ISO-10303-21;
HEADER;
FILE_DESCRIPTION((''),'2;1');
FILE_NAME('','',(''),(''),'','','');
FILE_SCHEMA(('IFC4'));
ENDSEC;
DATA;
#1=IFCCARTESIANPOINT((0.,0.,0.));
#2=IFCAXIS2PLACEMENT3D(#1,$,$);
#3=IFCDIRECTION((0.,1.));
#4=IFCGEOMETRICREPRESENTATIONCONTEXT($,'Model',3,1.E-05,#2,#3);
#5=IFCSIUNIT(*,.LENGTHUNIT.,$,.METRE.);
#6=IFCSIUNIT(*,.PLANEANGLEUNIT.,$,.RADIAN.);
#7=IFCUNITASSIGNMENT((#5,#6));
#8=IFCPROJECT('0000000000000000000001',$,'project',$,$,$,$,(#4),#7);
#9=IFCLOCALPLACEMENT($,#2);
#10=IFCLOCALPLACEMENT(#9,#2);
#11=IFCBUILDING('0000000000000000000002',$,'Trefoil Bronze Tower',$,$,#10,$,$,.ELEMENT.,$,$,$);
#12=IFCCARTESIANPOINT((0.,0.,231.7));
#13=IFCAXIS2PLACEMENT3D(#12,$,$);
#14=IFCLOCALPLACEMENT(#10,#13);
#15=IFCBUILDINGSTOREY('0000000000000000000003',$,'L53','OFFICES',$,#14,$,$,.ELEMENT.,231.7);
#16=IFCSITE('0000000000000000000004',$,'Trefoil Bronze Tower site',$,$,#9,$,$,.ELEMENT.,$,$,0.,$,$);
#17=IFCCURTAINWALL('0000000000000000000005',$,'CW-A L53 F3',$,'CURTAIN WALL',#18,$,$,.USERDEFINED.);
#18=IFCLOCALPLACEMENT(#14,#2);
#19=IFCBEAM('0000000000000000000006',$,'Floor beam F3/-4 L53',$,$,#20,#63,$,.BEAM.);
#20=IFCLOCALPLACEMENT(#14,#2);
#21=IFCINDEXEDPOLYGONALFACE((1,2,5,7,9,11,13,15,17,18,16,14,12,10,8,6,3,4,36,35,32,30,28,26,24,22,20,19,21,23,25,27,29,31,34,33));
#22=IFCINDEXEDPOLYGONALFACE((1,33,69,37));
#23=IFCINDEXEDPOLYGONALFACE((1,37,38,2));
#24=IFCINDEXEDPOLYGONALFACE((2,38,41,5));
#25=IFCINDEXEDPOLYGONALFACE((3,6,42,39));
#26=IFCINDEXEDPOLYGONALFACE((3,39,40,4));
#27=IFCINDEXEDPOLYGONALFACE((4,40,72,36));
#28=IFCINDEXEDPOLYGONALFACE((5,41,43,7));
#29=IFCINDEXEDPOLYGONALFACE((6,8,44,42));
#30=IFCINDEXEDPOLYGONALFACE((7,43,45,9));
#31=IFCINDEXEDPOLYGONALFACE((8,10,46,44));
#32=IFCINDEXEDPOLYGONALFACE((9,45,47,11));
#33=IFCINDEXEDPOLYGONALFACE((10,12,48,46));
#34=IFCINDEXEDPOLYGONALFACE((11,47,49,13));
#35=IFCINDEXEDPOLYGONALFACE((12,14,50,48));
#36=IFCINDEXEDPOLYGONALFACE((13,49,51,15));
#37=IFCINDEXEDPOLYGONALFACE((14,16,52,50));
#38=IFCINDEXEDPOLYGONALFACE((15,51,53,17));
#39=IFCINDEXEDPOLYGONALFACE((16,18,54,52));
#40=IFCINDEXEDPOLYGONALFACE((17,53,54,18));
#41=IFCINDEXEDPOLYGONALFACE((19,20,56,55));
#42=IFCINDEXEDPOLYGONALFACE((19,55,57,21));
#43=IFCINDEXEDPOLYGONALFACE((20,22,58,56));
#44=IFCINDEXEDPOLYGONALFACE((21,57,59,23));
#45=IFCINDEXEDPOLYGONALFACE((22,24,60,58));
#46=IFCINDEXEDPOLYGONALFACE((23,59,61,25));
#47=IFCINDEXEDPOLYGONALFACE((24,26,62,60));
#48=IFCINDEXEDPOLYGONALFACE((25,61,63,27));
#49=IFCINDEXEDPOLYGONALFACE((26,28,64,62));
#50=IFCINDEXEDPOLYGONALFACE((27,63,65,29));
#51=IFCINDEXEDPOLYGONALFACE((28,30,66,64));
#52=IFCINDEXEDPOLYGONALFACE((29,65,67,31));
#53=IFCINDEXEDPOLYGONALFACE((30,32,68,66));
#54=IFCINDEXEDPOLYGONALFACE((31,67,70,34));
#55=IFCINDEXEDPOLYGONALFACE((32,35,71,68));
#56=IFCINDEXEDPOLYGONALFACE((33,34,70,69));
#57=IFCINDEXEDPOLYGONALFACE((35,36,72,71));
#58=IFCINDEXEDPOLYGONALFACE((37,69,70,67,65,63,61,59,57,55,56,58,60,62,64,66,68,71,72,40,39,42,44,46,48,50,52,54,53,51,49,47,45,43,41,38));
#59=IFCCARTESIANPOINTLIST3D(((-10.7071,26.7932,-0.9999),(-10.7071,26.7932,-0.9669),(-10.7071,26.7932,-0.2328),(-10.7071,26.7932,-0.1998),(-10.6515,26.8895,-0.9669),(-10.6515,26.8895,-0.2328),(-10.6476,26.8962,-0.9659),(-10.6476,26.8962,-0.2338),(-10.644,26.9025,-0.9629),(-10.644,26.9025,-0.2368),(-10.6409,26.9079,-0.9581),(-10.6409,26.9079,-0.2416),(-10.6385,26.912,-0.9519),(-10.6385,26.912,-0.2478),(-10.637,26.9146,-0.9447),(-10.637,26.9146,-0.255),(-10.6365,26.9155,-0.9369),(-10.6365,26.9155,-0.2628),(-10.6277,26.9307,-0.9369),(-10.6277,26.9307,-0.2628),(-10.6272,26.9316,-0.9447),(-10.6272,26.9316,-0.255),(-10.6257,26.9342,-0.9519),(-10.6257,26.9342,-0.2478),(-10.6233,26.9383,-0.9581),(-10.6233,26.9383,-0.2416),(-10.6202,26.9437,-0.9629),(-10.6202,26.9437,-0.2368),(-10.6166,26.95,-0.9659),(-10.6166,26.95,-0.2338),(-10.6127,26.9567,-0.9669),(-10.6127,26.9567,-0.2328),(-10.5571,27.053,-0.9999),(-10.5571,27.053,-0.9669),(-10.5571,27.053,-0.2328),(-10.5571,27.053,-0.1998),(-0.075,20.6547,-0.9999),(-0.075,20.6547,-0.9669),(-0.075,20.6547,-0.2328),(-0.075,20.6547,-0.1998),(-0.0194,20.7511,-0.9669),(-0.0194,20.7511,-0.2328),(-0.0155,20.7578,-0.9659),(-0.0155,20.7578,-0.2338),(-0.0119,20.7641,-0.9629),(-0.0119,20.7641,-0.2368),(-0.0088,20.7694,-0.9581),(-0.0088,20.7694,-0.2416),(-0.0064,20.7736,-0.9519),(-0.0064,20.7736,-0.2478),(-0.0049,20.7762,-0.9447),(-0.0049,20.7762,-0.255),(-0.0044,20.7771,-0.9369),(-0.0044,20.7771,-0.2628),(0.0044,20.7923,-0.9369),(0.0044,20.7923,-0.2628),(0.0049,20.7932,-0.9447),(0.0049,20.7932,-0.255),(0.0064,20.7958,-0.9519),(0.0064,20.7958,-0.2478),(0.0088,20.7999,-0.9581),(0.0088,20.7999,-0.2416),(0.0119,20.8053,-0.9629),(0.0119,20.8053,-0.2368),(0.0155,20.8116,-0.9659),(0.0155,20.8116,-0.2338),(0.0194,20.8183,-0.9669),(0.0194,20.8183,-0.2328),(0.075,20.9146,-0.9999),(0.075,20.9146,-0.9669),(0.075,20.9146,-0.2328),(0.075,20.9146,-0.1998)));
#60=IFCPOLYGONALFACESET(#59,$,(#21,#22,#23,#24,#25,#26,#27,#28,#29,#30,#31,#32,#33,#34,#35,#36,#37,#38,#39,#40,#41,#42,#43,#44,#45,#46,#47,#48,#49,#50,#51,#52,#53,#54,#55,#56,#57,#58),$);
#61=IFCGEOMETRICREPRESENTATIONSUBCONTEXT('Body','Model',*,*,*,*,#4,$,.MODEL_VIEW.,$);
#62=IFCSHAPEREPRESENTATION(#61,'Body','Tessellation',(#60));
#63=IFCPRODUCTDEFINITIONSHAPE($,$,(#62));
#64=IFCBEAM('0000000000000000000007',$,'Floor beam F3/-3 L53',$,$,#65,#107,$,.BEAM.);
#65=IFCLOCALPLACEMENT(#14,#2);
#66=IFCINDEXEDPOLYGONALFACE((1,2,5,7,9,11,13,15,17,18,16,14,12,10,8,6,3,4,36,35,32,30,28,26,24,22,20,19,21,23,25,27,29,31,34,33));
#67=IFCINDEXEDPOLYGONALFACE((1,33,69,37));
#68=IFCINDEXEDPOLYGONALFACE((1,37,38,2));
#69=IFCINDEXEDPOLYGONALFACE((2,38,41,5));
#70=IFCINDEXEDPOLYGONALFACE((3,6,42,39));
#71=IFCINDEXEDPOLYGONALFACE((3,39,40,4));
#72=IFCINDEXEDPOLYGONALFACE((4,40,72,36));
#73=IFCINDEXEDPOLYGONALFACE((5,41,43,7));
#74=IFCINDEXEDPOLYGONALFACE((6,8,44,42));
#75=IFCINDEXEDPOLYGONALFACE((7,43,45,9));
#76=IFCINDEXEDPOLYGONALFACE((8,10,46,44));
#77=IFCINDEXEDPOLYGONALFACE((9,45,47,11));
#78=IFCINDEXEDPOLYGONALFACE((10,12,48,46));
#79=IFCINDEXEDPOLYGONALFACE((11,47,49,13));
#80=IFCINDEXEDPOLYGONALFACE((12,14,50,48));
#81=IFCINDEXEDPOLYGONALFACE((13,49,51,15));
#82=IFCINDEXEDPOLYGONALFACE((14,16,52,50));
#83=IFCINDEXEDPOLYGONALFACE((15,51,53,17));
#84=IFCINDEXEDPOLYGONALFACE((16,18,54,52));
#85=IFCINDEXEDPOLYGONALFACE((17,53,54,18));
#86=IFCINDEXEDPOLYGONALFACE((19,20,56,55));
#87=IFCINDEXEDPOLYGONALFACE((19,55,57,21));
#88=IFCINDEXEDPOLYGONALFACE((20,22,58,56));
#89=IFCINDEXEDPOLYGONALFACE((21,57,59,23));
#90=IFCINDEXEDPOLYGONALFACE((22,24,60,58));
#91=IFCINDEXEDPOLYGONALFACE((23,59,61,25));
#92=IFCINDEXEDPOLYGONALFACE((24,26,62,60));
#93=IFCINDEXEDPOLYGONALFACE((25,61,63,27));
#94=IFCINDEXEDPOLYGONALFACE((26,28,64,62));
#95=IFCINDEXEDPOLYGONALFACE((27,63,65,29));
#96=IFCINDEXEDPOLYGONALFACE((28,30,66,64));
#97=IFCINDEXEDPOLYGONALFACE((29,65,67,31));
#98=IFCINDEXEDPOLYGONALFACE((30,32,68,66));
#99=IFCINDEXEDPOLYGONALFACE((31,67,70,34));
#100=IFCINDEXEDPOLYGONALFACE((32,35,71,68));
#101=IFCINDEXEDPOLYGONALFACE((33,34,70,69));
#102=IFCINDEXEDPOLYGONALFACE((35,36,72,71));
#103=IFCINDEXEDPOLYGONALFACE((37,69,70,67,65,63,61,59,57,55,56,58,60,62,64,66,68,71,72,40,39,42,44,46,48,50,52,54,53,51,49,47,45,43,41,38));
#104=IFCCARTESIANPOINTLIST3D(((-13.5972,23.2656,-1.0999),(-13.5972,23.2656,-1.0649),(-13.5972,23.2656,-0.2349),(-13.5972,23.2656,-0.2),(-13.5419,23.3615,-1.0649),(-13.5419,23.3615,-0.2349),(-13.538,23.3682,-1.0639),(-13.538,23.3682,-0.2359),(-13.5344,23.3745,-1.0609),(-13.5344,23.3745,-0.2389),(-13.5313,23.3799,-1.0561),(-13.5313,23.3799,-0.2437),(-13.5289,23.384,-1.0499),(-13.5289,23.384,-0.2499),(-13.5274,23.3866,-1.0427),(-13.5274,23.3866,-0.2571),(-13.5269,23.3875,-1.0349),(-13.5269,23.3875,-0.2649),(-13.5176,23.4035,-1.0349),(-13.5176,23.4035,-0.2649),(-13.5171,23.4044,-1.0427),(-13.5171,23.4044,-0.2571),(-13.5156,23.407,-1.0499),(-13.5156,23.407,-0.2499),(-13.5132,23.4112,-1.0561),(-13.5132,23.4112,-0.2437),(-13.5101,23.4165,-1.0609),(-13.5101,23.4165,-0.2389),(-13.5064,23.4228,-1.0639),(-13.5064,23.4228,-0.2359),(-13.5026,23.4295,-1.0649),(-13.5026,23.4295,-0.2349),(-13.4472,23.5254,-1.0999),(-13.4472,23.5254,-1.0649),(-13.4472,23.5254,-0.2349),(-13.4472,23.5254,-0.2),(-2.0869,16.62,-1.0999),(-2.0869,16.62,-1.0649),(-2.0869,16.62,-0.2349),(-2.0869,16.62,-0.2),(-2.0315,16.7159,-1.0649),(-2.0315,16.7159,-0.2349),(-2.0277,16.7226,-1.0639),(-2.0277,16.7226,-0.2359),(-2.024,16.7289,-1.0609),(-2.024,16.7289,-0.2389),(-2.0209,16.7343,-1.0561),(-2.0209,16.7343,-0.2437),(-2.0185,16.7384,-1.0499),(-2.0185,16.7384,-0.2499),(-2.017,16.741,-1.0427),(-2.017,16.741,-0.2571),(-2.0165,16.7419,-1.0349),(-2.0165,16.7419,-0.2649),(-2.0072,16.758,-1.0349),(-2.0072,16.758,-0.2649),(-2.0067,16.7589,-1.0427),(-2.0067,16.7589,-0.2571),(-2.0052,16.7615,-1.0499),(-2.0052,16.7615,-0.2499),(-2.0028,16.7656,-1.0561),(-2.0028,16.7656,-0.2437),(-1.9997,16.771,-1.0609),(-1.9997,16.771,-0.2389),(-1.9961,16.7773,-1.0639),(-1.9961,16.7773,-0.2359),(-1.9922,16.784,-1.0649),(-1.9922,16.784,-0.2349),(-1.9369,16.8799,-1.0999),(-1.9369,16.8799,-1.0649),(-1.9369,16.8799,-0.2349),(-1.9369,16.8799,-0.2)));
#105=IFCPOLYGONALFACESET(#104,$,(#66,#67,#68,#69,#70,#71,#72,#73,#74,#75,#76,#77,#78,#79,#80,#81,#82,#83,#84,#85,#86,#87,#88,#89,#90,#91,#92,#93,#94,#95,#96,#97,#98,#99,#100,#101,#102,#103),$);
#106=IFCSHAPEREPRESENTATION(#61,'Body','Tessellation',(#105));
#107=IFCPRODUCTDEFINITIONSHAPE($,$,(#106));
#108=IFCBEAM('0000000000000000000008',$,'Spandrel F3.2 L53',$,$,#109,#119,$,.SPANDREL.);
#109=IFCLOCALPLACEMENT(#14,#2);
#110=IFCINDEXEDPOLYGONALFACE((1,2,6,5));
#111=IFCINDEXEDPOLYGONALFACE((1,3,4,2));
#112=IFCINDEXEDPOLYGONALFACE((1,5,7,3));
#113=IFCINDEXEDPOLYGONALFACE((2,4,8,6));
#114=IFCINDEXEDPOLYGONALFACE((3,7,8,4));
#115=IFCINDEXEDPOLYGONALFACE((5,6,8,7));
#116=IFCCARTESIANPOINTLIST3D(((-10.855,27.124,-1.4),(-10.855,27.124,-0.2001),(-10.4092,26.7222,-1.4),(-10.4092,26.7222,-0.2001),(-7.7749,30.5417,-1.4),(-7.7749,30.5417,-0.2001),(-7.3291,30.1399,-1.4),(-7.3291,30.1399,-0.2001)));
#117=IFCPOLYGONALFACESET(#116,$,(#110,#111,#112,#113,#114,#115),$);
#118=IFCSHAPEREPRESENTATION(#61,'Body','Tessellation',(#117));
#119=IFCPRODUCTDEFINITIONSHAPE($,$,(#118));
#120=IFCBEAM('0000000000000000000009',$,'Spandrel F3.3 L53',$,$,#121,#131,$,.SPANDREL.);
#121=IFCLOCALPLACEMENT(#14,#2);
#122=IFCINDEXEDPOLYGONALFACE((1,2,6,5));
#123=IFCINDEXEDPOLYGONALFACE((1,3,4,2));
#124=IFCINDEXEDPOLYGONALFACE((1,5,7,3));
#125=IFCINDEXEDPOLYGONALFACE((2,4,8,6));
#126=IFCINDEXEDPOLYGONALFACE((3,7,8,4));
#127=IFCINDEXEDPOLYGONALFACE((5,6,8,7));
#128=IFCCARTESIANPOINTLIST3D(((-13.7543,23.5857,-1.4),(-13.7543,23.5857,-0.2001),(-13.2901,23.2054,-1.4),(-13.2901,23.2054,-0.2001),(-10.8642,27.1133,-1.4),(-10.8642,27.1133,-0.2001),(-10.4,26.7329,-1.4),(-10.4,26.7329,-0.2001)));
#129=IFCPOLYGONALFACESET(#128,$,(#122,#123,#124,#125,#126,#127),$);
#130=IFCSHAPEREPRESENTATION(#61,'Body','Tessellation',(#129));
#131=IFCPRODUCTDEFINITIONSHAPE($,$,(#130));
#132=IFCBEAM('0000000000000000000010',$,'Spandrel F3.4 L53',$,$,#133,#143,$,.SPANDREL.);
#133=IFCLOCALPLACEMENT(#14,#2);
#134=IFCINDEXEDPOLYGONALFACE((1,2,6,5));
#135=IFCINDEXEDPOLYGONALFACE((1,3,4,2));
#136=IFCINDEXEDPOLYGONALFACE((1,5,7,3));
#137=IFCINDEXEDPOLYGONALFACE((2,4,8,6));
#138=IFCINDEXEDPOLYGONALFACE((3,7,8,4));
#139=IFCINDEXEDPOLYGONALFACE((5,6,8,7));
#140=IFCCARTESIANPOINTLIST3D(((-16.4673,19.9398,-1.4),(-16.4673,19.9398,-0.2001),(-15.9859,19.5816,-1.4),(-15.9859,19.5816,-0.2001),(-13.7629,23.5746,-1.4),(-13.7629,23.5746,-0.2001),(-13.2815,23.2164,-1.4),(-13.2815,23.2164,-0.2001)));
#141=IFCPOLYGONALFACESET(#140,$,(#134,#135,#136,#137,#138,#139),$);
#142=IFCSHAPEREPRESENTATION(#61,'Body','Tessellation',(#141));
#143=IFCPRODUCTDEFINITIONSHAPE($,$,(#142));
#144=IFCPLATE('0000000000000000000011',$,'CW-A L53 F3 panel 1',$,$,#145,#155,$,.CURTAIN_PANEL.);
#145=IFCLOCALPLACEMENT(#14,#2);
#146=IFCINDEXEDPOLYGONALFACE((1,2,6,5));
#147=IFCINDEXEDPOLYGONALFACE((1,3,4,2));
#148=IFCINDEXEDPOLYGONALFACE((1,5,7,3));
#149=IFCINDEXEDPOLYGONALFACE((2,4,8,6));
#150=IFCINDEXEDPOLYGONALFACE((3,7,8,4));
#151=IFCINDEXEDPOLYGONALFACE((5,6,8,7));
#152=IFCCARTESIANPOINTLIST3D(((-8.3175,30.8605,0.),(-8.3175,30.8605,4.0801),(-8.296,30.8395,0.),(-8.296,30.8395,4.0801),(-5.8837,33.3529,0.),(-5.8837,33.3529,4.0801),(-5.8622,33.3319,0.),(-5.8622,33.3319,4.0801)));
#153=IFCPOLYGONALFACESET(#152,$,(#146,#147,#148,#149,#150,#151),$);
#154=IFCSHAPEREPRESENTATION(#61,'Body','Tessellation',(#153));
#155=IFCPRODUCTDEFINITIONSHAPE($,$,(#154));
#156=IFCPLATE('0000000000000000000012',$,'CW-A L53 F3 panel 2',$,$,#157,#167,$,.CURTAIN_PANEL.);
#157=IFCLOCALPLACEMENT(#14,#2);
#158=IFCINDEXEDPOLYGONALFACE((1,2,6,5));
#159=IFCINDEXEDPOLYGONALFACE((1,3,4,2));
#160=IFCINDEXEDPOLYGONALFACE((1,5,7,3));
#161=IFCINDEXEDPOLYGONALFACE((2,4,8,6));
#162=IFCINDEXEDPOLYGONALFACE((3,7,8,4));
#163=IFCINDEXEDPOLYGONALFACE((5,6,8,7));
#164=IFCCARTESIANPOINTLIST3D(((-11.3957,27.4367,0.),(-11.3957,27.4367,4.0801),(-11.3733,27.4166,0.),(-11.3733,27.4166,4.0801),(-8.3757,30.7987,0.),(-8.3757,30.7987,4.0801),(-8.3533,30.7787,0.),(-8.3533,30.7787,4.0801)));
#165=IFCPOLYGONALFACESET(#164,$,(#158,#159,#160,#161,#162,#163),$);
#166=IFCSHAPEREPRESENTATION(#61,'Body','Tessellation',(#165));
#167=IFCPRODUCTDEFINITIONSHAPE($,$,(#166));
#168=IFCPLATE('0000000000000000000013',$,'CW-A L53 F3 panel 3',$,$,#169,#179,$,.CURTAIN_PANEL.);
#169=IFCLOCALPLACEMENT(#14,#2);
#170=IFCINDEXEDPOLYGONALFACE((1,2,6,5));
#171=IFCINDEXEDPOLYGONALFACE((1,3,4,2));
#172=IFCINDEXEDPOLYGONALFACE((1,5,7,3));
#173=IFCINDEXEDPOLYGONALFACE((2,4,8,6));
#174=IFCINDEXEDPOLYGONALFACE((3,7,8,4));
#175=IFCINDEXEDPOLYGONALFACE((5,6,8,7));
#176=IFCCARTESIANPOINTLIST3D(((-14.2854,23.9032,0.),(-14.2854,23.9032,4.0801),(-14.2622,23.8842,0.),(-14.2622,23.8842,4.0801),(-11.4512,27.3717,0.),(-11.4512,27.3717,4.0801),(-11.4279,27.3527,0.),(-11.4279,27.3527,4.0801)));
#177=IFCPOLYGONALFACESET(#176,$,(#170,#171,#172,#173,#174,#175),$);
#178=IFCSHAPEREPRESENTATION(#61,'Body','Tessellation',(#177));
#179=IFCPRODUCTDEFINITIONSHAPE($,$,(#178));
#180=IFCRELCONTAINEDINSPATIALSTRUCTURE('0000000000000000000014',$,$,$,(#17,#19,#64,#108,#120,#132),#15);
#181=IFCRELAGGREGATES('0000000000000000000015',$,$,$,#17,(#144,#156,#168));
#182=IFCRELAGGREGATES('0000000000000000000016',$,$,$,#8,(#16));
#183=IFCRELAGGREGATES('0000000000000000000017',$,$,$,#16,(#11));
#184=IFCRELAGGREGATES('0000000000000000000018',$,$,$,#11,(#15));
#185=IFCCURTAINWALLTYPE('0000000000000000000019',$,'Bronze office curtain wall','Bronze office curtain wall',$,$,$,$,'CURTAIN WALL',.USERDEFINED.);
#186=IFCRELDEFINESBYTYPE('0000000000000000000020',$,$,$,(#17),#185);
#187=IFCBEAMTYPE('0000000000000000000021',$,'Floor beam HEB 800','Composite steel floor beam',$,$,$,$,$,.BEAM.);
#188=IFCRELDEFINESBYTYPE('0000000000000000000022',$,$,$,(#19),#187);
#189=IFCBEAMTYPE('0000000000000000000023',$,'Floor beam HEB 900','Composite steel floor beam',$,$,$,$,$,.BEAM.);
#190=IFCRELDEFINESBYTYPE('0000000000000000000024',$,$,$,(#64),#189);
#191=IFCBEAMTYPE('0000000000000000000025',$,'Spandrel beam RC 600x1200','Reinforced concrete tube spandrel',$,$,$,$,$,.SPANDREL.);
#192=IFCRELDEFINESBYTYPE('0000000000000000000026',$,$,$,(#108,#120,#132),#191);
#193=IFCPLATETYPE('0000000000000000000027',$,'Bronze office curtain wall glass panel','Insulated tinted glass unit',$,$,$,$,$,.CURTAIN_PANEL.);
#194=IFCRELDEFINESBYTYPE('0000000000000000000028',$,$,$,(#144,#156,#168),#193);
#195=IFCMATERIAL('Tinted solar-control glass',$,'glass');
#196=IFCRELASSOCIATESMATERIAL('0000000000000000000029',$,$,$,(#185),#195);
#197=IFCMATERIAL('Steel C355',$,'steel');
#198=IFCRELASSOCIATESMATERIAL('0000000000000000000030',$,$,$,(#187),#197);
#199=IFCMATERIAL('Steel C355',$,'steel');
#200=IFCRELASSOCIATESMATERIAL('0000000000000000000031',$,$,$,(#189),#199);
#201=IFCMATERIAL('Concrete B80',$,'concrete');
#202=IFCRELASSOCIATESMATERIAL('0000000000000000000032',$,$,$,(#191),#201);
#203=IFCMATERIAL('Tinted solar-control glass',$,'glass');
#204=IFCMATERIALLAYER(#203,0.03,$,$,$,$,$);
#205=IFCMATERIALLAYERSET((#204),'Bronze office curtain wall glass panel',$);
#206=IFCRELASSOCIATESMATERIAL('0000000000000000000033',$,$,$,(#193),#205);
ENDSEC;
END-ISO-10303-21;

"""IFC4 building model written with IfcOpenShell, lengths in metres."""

from ifc_helpers import new_model, si_unit, direction, frame, origin, origin_2d, place, context, subcontext, project, spatial, rectangle, i_section, extrude, material, layer, layer_set, material_profile, profile_set, type_object, element, aggregate, save


model = new_model("IFC4")

# Units and contexts
model_context = context("Model", 3, precision=1e-05, world=origin(), true_north=direction((0.0, 1.0)))
body_context = subcontext(model_context, "Body", "Model", "MODEL_VIEW")
ifc_project = project(units=[si_unit("LENGTHUNIT", "METRE"), si_unit("PLANEANGLEUNIT", "RADIAN")], contexts=[model_context])

# Site, building, storey
site_placement = place(None, origin())
site = spatial("IfcSite", under=ifc_project, at=site_placement, Name="Trefoil Bronze Tower site", CompositionType="ELEMENT", RefElevation=0.0)
building_placement = place(site_placement, origin())
building = spatial("IfcBuilding", under=site, at=building_placement, Name="Trefoil Bronze Tower", CompositionType="ELEMENT")
storey_placement = place(building_placement, frame((0.0, 0.0, 231.7)))
storey = spatial("IfcBuildingStorey", under=building, at=storey_placement, Name="L53", Description="OFFICES", CompositionType="ELEMENT", Elevation=231.7)

# Curtain wall
ifc_material_1 = material(Name="Tinted solar-control glass", Category="glass")
curtain_wall_type_1 = type_object("IfcCurtainWallType", Name="Bronze office curtain wall", Description="Bronze office curtain wall", ElementType="CURTAIN WALL", PredefinedType="USERDEFINED", material=ifc_material_1)
curtain_wall_1_placement = place(storey_placement, origin())
curtain_wall_1 = element("IfcCurtainWall", 1, at=curtain_wall_1_placement, inside=storey, type_object=curtain_wall_type_1, Name="CW-A L53 F3", ObjectType="CURTAIN WALL", PredefinedType="USERDEFINED")

# Beams
ifc_material_2 = material(Name="Steel C355", Category="steel")
ifc_material_profile_1 = material_profile(ifc_material_2, i_section(OverallWidth=0.3, OverallDepth=0.8, WebThickness=0.0176, FlangeThickness=0.033, FilletRadius=0.03, at=origin_2d()), Name="HEB 800")
ifc_profile_set_1 = profile_set([ifc_material_profile_1], Name="Steel C355")
beam_type_1 = type_object("IfcBeamType", Name="Floor beam HEB 800", Description="Composite steel floor beam", PredefinedType="BEAM", material=ifc_profile_set_1)
beam_1_placement = place(storey_placement, frame((-10.6321, 26.9231, -0.5999), z_axis=(0.866026, -0.5, 0.0), x_axis=(0.5, 0.866026, 0.0)))
element("IfcBeam", 2, at=beam_1_placement, inside=storey, type_object=beam_type_1, Name="Floor beam F3/-4 L53", PredefinedType="BEAM", context=body_context, shape_type="SweptSolid", body=[
    extrude(i_section(OverallWidth=0.3, OverallDepth=0.8, WebThickness=0.0176, FlangeThickness=0.033, FilletRadius=0.03, at=origin_2d()), origin(), (0.0, 0.0, 1.0), 12.2769),
])
ifc_material_3 = material(Name="Steel C355", Category="steel")
ifc_material_profile_2 = material_profile(ifc_material_3, i_section(OverallWidth=0.3, OverallDepth=0.8999, WebThickness=0.0186, FlangeThickness=0.0349, FilletRadius=0.03, at=origin_2d()), Name="HEB 900")
ifc_profile_set_2 = profile_set([ifc_material_profile_2], Name="Steel C355")
beam_type_2 = type_object("IfcBeamType", Name="Floor beam HEB 900", Description="Composite steel floor beam", PredefinedType="BEAM", material=ifc_profile_set_2)
beam_2_placement = place(storey_placement, frame((-13.5222, 23.3955, -0.6499), z_axis=(0.866023, -0.500003, 0.0), x_axis=(0.500003, 0.866023, 0.0)))
element("IfcBeam", 3, at=beam_2_placement, inside=storey, type_object=beam_type_2, Name="Floor beam F3/-3 L53", PredefinedType="BEAM", context=body_context, shape_type="SweptSolid", body=[
    extrude(i_section(OverallWidth=0.3, OverallDepth=0.8999, WebThickness=0.0186, FlangeThickness=0.0349, FilletRadius=0.03, at=origin_2d()), origin(), (0.0, 0.0, 1.0), 13.291),
])
ifc_material_4 = material(Name="Concrete B80", Category="concrete")
ifc_material_profile_3 = material_profile(ifc_material_4, rectangle(XDim=0.6001, YDim=1.2, at=origin_2d()), Name="RC 600x1200")
ifc_profile_set_3 = profile_set([ifc_material_profile_3], Name="Concrete B80")
beam_type_3 = type_object("IfcBeamType", Name="Spandrel beam RC 600x1200", Description="Reinforced concrete tube spandrel", PredefinedType="SPANDREL", material=ifc_profile_set_3)
beam_3_placement = place(storey_placement, frame((-7.552, 30.3408, -0.8), z_axis=(-0.66946, -0.742848, 0.0), x_axis=(0.742848, -0.66946, 0.0)))
element("IfcBeam", 4, at=beam_3_placement, inside=storey, type_object=beam_type_3, Name="Spandrel F3.2 L53", PredefinedType="SPANDREL", context=body_context, shape_type="SweptSolid", body=[
    extrude(rectangle(XDim=0.6001, YDim=1.2, at=origin_2d()), origin(), (0.0, 0.0, 1.0), 4.6008),
])
beam_4_placement = place(storey_placement, frame((-10.6321, 26.9231, -0.8), z_axis=(-0.633754, -0.773535, 0.0), x_axis=(0.773535, -0.633754, 0.0)))
element("IfcBeam", 5, at=beam_4_placement, inside=storey, type_object=beam_type_3, Name="Spandrel F3.3 L53", PredefinedType="SPANDREL", context=body_context, shape_type="SweptSolid", body=[
    extrude(rectangle(XDim=0.6001, YDim=1.2, at=origin_2d()), origin(), (0.0, 0.0, 1.0), 4.5603),
])
beam_5_placement = place(storey_placement, frame((-13.5222, 23.3955, -0.8), z_axis=(-0.596926, -0.802296, 0.0), x_axis=(0.802296, -0.596926, 0.0)))
element("IfcBeam", 6, at=beam_5_placement, inside=storey, type_object=beam_type_3, Name="Spandrel F3.4 L53", PredefinedType="SPANDREL", context=body_context, shape_type="SweptSolid", body=[
    extrude(rectangle(XDim=0.6001, YDim=1.2, at=origin_2d()), origin(), (0.0, 0.0, 1.0), 4.5305),
])

# Plates
ifc_material_5 = material(Name="Tinted solar-control glass", Category="glass")
ifc_layer_1 = layer(ifc_material_5, 0.03)
ifc_layer_set_1 = layer_set([ifc_layer_1], Name="Bronze office curtain wall glass panel")
plate_type_1 = type_object("IfcPlateType", Name="Bronze office curtain wall glass panel", Description="Insulated tinted glass unit", PredefinedType="CURTAIN_PANEL", material=ifc_layer_set_1)
plate_1_placement = place(storey_placement, frame((-7.0898, 32.0962, 0.0), z_axis=(0.0, 0.0, 1.0), x_axis=(-0.698652, -0.715462, 0.0)))
plate_1 = element("IfcPlate", 7, at=plate_1_placement, type_object=plate_type_1, Name="CW-A L53 F3 panel 1", PredefinedType="CURTAIN_PANEL", context=body_context, shape_type="SweptSolid", body=[
    extrude(rectangle(XDim=3.4836, YDim=0.03, at=origin_2d()), origin(), (0.0, 0.0, 1.0), 4.0801),
])
plate_2_placement = place(storey_placement, frame((-9.8745, 29.1077, 0.0), z_axis=(0.0, 0.0, 1.0), x_axis=(-0.668246, -0.743941, 0.0)))
plate_2 = element("IfcPlate", 8, at=plate_2_placement, type_object=plate_type_1, Name="CW-A L53 F3 panel 2", PredefinedType="CURTAIN_PANEL", context=body_context, shape_type="SweptSolid", body=[
    extrude(rectangle(XDim=4.5193, YDim=0.03, at=origin_2d()), origin(), (0.0, 0.0, 1.0), 4.0801),
])
plate_3_placement = place(storey_placement, frame((-12.8567, 25.6279, 0.0), z_axis=(0.0, 0.0, 1.0), x_axis=(-0.632753, -0.774354, 0.0)))
plate_3 = element("IfcPlate", 9, at=plate_3_placement, type_object=plate_type_1, Name="CW-A L53 F3 panel 3", PredefinedType="CURTAIN_PANEL", context=body_context, shape_type="SweptSolid", body=[
    extrude(rectangle(XDim=4.4792, YDim=0.03, at=origin_2d()), origin(), (0.0, 0.0, 1.0), 4.0801),
])
aggregate(curtain_wall_1, [plate_1, plate_2, plate_3])

save(model, "model.ifc")
